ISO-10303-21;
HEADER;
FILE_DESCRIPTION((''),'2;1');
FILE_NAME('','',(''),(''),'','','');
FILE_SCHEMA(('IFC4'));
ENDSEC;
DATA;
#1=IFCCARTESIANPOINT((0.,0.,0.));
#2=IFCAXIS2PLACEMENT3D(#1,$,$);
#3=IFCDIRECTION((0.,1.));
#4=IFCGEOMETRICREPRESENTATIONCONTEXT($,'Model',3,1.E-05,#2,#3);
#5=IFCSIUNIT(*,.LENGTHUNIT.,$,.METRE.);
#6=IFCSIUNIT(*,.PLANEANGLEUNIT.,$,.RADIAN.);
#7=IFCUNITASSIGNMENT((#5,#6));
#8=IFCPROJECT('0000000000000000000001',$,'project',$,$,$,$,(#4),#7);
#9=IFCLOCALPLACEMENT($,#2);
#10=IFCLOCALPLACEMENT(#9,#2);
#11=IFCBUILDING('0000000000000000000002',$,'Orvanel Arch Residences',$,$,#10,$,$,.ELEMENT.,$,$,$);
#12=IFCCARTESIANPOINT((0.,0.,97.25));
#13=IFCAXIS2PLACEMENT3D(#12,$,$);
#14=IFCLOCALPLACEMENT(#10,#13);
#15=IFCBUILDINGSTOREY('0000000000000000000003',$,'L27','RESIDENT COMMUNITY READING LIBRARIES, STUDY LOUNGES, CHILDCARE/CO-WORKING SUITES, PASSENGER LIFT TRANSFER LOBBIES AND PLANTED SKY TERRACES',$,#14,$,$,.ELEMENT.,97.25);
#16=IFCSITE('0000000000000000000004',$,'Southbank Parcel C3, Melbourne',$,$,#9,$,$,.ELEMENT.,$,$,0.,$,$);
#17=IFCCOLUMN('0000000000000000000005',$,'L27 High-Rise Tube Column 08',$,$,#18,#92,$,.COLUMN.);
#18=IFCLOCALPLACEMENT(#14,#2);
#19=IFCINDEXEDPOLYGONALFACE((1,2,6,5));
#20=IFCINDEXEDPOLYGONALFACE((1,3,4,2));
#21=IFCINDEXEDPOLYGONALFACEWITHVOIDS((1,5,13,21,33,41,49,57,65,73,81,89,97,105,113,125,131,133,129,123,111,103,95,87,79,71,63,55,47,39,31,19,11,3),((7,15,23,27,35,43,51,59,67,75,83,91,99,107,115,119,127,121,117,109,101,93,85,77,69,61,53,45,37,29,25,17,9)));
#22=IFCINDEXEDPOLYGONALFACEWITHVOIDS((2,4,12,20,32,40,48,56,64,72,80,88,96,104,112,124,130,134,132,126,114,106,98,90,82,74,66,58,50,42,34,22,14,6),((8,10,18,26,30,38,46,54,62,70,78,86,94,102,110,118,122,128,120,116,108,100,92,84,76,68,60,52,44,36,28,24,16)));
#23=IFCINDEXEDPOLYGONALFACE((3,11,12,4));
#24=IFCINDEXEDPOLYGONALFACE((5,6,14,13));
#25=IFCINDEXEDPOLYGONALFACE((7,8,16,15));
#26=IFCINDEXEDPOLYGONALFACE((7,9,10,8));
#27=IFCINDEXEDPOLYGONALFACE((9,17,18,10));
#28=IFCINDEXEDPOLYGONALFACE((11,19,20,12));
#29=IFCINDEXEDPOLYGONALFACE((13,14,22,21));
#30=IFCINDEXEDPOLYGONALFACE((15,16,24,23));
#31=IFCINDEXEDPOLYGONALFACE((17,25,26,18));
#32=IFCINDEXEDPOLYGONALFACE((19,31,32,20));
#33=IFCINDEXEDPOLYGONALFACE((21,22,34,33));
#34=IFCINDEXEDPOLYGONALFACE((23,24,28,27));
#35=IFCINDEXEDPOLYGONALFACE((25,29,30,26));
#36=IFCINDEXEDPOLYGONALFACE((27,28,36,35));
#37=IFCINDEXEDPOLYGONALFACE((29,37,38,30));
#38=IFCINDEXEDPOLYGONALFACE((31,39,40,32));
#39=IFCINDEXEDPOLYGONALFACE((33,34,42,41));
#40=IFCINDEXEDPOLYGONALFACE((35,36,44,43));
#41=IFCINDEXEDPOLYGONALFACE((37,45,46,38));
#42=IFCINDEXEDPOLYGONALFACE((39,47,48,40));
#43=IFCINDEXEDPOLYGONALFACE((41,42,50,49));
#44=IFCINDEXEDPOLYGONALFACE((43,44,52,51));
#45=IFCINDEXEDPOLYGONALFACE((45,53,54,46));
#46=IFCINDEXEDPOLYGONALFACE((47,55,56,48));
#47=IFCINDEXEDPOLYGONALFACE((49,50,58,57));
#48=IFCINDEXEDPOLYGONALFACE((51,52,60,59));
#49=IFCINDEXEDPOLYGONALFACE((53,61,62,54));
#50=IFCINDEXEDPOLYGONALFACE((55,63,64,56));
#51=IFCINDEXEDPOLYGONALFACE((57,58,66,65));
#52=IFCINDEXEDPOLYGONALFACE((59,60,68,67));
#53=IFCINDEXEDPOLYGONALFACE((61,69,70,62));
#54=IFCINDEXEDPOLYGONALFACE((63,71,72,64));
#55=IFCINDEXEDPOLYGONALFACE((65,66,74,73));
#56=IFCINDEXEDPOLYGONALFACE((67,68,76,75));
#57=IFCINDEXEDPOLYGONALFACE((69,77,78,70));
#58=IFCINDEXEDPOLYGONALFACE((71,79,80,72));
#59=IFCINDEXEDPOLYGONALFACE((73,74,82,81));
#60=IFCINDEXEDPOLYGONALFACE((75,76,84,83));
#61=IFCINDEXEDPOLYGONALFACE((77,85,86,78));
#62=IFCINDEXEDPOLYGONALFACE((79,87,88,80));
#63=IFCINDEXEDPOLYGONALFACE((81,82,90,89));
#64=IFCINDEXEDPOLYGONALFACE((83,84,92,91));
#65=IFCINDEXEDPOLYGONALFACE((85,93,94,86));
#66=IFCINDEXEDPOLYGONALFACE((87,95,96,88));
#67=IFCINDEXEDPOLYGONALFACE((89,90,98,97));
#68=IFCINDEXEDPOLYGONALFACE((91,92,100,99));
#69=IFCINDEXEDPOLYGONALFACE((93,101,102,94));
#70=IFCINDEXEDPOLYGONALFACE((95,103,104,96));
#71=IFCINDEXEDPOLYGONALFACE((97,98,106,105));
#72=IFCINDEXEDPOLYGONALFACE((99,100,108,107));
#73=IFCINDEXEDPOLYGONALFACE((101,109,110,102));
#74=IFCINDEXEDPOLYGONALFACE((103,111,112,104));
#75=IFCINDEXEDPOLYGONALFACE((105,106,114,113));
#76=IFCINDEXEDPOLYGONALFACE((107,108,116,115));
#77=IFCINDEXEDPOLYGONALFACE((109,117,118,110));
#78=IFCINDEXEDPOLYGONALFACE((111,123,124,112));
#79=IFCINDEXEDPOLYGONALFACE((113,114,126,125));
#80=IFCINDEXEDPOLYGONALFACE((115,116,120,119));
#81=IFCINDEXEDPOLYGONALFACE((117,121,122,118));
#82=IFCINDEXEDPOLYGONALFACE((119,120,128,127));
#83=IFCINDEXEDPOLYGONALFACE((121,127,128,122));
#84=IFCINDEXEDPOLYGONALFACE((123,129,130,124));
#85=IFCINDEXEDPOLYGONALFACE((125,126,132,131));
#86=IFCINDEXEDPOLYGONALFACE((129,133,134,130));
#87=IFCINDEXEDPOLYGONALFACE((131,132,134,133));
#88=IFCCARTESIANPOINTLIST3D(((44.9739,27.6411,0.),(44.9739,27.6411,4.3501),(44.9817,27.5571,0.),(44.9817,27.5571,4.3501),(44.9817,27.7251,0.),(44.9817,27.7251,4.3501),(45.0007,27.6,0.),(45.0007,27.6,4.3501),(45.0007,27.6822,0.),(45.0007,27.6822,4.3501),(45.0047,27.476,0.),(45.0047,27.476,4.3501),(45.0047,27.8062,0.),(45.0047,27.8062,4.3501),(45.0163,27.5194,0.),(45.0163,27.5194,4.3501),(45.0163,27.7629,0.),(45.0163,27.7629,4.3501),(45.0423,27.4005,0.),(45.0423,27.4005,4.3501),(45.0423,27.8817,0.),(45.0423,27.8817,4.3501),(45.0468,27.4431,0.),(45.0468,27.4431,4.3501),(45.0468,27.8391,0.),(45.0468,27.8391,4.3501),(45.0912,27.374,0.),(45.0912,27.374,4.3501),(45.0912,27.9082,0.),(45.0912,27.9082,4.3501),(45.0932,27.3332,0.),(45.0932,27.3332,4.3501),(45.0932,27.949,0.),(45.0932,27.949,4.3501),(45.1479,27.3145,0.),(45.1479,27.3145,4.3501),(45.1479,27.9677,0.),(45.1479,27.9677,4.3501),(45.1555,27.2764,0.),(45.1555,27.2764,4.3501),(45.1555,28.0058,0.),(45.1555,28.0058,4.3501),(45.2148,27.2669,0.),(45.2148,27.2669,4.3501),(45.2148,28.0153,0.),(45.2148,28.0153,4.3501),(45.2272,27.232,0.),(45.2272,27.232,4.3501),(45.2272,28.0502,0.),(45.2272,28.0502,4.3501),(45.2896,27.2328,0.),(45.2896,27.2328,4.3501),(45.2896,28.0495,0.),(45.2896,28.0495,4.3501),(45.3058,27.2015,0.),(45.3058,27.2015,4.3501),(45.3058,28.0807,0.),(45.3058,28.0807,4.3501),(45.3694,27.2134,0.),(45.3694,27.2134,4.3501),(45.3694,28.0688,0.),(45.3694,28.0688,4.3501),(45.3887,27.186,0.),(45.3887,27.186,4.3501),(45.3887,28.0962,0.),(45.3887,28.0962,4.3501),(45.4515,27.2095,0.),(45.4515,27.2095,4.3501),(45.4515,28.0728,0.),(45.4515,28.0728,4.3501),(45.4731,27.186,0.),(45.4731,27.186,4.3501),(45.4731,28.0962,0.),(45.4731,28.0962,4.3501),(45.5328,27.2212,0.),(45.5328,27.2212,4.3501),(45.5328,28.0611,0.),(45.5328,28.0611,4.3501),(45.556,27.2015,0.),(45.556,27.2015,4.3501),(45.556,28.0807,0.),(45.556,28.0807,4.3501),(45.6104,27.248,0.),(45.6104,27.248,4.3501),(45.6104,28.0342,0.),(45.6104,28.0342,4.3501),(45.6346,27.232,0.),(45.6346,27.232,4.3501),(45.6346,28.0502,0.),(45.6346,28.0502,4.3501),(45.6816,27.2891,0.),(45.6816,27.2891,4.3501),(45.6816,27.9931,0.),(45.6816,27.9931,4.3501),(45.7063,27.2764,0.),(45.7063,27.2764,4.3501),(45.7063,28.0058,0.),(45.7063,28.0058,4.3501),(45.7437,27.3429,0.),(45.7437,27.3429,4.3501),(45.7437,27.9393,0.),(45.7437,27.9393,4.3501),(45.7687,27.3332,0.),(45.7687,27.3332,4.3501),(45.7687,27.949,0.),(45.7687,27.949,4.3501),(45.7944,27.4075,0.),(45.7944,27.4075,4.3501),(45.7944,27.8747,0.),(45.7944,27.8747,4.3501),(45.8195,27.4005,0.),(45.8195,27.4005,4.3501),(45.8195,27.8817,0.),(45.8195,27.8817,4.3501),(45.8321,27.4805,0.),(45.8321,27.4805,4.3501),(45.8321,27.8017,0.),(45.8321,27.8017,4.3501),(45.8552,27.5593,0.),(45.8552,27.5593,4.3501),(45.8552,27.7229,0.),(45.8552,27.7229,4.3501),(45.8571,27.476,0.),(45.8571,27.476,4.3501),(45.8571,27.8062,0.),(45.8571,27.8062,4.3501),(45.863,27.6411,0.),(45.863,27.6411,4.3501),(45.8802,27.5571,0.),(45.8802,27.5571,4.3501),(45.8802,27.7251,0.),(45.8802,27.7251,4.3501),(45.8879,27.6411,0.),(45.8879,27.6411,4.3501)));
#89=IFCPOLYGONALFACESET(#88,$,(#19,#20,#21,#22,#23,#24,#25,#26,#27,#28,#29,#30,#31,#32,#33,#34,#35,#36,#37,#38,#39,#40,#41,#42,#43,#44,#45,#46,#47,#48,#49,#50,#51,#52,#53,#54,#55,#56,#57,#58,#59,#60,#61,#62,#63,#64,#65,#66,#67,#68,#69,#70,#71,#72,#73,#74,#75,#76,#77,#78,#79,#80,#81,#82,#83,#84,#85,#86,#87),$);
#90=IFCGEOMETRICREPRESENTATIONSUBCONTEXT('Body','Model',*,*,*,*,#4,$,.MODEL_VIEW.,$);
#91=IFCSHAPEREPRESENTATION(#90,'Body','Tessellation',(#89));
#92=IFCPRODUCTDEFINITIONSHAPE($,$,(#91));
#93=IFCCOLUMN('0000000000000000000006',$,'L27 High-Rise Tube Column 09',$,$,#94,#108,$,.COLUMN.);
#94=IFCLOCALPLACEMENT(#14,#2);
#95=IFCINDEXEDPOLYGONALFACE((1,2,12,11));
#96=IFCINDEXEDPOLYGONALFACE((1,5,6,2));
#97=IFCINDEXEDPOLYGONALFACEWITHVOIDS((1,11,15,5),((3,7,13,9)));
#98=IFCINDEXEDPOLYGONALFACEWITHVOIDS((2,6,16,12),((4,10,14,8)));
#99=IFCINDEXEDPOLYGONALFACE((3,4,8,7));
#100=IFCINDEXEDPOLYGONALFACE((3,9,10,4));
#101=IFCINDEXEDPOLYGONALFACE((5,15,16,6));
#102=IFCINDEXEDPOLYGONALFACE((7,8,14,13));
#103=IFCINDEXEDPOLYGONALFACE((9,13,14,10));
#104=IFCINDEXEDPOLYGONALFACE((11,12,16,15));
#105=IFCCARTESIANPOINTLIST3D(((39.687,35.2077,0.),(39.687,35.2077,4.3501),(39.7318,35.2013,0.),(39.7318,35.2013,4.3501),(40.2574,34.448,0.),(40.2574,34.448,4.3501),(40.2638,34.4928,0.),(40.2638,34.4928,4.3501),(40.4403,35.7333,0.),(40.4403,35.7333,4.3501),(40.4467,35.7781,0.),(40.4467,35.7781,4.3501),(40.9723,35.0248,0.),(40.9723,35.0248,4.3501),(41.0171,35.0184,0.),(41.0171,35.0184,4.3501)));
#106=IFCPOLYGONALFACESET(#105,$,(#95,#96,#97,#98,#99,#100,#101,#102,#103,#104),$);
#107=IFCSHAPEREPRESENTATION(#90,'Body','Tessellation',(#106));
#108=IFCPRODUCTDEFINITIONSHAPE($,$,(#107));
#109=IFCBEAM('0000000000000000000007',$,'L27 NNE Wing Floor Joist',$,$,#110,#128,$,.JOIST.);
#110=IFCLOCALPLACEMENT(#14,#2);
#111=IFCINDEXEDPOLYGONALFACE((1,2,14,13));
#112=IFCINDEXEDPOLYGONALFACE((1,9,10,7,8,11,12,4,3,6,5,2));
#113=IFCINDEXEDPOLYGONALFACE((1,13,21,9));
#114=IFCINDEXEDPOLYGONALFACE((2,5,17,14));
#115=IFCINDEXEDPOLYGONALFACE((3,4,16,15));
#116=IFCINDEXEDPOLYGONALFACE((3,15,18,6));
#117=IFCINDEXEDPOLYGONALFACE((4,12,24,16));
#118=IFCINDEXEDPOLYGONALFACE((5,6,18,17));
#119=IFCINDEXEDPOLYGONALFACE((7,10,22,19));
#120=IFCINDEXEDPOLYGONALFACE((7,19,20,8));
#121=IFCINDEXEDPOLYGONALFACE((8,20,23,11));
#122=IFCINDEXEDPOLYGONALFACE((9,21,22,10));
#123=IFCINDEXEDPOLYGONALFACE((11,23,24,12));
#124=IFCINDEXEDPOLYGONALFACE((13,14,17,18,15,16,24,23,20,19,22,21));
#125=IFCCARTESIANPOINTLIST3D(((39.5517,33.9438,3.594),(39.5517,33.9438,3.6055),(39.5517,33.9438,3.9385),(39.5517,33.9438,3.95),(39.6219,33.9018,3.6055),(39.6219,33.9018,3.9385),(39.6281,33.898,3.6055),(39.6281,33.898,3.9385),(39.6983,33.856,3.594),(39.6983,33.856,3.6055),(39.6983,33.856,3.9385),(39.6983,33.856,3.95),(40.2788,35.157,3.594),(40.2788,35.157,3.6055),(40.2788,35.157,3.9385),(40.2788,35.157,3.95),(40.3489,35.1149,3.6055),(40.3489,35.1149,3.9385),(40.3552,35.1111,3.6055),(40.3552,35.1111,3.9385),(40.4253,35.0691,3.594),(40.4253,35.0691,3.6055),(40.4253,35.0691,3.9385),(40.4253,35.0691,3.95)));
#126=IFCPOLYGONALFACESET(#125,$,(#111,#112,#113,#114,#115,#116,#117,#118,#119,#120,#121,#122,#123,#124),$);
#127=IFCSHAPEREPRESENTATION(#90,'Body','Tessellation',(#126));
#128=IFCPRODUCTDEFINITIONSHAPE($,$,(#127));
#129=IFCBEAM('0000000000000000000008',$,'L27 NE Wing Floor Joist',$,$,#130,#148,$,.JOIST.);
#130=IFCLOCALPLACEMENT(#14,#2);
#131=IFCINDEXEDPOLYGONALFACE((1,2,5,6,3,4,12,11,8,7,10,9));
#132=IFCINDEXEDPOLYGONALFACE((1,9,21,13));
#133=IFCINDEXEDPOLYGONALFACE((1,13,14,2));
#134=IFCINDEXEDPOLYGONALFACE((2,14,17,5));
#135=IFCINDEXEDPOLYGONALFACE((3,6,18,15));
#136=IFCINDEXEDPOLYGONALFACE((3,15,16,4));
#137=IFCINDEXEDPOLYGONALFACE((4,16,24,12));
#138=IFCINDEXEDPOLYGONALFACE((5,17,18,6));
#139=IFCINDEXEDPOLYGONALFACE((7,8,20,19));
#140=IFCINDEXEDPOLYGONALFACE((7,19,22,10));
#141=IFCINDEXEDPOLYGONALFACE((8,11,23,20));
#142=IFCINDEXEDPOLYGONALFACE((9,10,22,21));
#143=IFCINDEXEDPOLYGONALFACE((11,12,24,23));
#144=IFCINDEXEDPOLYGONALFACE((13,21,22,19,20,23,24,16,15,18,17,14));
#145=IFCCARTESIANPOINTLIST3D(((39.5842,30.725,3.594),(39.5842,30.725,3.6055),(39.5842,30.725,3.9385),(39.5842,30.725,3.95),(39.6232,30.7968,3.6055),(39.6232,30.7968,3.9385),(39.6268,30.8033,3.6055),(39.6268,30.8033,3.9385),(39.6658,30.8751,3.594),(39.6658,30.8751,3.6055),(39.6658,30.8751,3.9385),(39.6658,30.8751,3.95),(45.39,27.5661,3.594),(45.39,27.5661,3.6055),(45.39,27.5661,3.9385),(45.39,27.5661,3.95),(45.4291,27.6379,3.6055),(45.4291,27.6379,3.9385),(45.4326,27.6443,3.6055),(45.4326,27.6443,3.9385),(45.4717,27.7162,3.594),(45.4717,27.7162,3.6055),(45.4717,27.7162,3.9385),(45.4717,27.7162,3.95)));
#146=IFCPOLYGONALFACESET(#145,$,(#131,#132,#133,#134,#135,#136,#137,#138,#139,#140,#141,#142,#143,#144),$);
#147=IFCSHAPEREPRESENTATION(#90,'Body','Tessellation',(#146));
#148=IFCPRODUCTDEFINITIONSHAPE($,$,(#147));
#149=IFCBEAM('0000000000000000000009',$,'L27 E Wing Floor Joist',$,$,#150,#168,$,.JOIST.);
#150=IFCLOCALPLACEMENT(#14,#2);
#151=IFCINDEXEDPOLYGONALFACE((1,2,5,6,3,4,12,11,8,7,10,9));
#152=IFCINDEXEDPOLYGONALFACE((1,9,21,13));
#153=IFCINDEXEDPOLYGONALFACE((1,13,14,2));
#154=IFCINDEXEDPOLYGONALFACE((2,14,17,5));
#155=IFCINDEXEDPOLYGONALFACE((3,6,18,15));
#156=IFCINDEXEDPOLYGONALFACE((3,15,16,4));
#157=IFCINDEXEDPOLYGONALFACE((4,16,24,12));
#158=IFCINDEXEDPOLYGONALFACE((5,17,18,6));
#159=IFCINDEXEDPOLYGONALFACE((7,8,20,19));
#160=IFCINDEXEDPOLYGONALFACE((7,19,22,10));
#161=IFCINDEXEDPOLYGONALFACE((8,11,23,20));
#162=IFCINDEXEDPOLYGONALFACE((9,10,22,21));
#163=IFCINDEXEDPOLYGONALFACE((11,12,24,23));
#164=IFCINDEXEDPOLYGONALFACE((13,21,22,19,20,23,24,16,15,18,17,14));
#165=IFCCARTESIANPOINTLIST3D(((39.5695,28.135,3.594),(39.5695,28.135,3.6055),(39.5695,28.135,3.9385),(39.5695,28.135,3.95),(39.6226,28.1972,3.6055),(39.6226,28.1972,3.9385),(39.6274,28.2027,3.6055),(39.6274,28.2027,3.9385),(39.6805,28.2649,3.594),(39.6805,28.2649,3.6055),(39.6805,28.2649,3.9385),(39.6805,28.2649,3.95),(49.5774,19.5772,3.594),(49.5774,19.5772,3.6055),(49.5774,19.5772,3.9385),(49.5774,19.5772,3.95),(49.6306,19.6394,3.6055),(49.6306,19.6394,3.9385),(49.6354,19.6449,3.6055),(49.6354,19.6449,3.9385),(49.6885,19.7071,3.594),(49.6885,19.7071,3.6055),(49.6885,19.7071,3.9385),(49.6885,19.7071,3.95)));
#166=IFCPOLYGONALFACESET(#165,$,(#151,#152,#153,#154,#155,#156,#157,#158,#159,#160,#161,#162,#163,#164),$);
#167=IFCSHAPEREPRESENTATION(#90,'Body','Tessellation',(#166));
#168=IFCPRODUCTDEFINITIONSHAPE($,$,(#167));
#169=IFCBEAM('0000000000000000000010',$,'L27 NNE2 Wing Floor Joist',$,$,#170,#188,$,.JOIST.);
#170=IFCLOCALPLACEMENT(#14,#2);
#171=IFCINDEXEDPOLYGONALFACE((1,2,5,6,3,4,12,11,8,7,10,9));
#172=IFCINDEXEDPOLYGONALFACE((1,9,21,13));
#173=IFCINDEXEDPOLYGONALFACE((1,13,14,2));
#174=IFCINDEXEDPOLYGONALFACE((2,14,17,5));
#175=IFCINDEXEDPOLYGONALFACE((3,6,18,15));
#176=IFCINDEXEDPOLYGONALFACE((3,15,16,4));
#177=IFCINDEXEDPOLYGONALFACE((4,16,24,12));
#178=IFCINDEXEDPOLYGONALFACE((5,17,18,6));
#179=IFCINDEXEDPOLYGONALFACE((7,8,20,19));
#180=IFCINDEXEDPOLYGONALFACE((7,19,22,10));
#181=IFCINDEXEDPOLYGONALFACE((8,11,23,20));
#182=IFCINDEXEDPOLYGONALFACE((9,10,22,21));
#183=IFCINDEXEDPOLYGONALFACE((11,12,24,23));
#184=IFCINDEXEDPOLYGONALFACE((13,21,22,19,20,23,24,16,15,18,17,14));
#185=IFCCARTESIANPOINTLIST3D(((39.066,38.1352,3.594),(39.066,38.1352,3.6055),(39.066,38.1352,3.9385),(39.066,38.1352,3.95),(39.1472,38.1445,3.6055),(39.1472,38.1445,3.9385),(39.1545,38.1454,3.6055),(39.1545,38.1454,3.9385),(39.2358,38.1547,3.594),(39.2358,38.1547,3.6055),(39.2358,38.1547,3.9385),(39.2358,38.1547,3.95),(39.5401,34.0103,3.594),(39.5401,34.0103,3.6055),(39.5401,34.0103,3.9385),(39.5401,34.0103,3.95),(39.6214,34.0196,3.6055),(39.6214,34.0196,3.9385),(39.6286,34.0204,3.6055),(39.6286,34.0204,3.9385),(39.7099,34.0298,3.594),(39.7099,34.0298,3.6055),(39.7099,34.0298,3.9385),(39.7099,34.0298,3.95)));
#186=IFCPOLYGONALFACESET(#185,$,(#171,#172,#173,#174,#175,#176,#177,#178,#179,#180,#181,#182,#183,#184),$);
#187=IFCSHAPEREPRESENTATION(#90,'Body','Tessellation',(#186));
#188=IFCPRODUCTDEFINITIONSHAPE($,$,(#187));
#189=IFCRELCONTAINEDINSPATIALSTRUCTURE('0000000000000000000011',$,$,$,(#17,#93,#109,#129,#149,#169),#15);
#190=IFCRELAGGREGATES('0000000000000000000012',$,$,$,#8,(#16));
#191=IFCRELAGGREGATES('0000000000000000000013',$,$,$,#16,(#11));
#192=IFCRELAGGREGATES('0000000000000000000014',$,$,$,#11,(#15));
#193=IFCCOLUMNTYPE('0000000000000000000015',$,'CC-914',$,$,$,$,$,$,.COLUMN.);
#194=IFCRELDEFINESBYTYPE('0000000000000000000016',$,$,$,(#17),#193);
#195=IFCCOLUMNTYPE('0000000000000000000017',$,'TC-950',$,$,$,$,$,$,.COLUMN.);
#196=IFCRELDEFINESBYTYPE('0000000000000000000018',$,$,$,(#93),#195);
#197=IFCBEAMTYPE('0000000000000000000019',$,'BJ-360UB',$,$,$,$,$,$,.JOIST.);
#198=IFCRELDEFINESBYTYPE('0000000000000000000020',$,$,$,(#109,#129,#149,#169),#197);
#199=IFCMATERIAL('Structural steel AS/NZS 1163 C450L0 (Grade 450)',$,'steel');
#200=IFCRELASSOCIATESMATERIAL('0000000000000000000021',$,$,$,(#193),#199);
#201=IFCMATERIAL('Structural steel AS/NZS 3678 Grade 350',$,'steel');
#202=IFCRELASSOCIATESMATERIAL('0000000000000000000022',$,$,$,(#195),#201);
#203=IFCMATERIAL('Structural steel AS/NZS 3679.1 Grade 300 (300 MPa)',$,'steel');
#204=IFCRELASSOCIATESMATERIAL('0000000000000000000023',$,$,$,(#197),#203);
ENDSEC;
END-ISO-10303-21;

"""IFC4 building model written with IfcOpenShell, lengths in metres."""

from ifc_helpers import new_model, si_unit, direction, frame, origin, origin_2d, place, context, subcontext, project, spatial, hollow_rectangle, hollow_circle, i_section, extrude, material, material_profile, profile_set, type_object, element, save


model = new_model("IFC4")

# Units and contexts
model_context = context("Model", 3, precision=1e-05, world=origin(), true_north=direction((0.0, 1.0)))
body_context = subcontext(model_context, "Body", "Model", "MODEL_VIEW")
ifc_project = project(units=[si_unit("LENGTHUNIT", "METRE"), si_unit("PLANEANGLEUNIT", "RADIAN")], contexts=[model_context])

# Site, building, storey
site_placement = place(None, origin())
site = spatial("IfcSite", under=ifc_project, at=site_placement, Name="Southbank Parcel C3, Melbourne", CompositionType="ELEMENT", RefElevation=0.0)
building_placement = place(site_placement, origin())
building = spatial("IfcBuilding", under=site, at=building_placement, Name="Orvanel Arch Residences", CompositionType="ELEMENT")
storey_placement = place(building_placement, frame((0.0, 0.0, 97.25)))
storey = spatial("IfcBuildingStorey", under=building, at=storey_placement, Name="L27", Description="RESIDENT COMMUNITY READING LIBRARIES, STUDY LOUNGES, CHILDCARE/CO-WORKING SUITES, PASSENGER LIFT TRANSFER LOBBIES AND PLANTED SKY TERRACES", CompositionType="ELEMENT", Elevation=97.25)

# Columns
ifc_material_1 = material(Name="Structural steel AS/NZS 1163 C450L0 (Grade 450)", Category="steel")
ifc_material_profile_1 = material_profile(ifc_material_1, hollow_circle(Radius=0.457, WallThickness=0.0249, at=origin_2d()), Name="CHS914x25")
ifc_profile_set_1 = profile_set([ifc_material_profile_1], Name="Structural steel AS/NZS 1163 C450L0 (Grade 450)")
column_type_1 = type_object("IfcColumnType", Name="CC-914", PredefinedType="COLUMN", material=ifc_profile_set_1)
column_1_placement = place(storey_placement, frame((45.4309, 27.6411, 0.0), z_axis=(0.0, 0.0, 1.0), x_axis=(1.0, 0.0, 0.0)))
element("IfcColumn", 1, at=column_1_placement, inside=storey, type_object=column_type_1, Name="L27 High-Rise Tube Column 08", PredefinedType="COLUMN", context=body_context, shape_type="SweptSolid", body=[
    extrude(hollow_circle(Radius=0.457, WallThickness=0.0249, at=origin_2d()), origin(), (0.0, 0.0, 1.0), 4.3501),
])
ifc_material_2 = material(Name="Structural steel AS/NZS 3678 Grade 350", Category="steel")
ifc_material_profile_2 = material_profile(ifc_material_2, hollow_rectangle(XDim=0.95, YDim=0.95, WallThickness=0.032, at=origin_2d()), Name="BOX950x950x32")
ifc_profile_set_2 = profile_set([ifc_material_profile_2], Name="Structural steel AS/NZS 3678 Grade 350")
column_type_2 = type_object("IfcColumnType", Name="TC-950", PredefinedType="COLUMN", material=ifc_profile_set_2)
column_2_placement = place(storey_placement, frame((40.3521, 35.113, 0.0), z_axis=(0.0, 0.0, 1.0), x_axis=(-0.60042, 0.799685, 0.0)))
element("IfcColumn", 2, at=column_2_placement, inside=storey, type_object=column_type_2, Name="L27 High-Rise Tube Column 09", PredefinedType="COLUMN", context=body_context, shape_type="SweptSolid", body=[
    extrude(hollow_rectangle(XDim=0.95, YDim=0.95, WallThickness=0.032, at=origin_2d()), origin(), (0.0, 0.0, 1.0), 4.3501),
])

# Beams
ifc_material_3 = material(Name="Structural steel AS/NZS 3679.1 Grade 300 (300 MPa)", Category="steel")
ifc_material_profile_3 = material_profile(ifc_material_3, i_section(OverallWidth=0.1709, OverallDepth=0.356, WebThickness=0.0073, FlangeThickness=0.0115, at=origin_2d()), Name="360UB50.7")
ifc_profile_set_3 = profile_set([ifc_material_profile_3], Name="Structural steel AS/NZS 3679.1 Grade 300 (300 MPa)")
beam_type_1 = type_object("IfcBeamType", Name="BJ-360UB", PredefinedType="JOIST", material=ifc_profile_set_3)
beam_1_placement = place(storey_placement, frame((39.625, 33.8999, 3.772), z_axis=(0.514064, 0.857752, 0.0), x_axis=(-0.857752, 0.514064, 0.0)))
element("IfcBeam", 3, at=beam_1_placement, inside=storey, type_object=beam_type_1, Name="L27 NNE Wing Floor Joist", PredefinedType="JOIST", context=body_context, shape_type="SweptSolid", body=[
    extrude(i_section(OverallWidth=0.1709, OverallDepth=0.356, WebThickness=0.0073, FlangeThickness=0.0115, at=origin_2d()), origin(), (0.0, 0.0, 1.0), 1.4143),
])
beam_2_placement = place(storey_placement, frame((39.625, 30.8, 3.772), z_axis=(0.878399, -0.477928, 0.0), x_axis=(0.477928, 0.878399, 0.0)))
element("IfcBeam", 4, at=beam_2_placement, inside=storey, type_object=beam_type_1, Name="L27 NE Wing Floor Joist", PredefinedType="JOIST", context=body_context, shape_type="SweptSolid", body=[
    extrude(i_section(OverallWidth=0.1709, OverallDepth=0.356, WebThickness=0.0073, FlangeThickness=0.0115, at=origin_2d()), origin(), (0.0, 0.0, 1.0), 6.6096),
])
beam_3_placement = place(storey_placement, frame((39.625, 28.2, 3.772), z_axis=(0.760024, -0.649895, 0.0), x_axis=(0.649895, 0.760024, 0.0)))
element("IfcBeam", 5, at=beam_3_placement, inside=storey, type_object=beam_type_1, Name="L27 E Wing Floor Joist", PredefinedType="JOIST", context=body_context, shape_type="SweptSolid", body=[
    extrude(i_section(OverallWidth=0.1709, OverallDepth=0.356, WebThickness=0.0073, FlangeThickness=0.0115, at=origin_2d()), origin(), (0.0, 0.0, 1.0), 13.168),
])
beam_4_placement = place(storey_placement, frame((39.625, 34.02, 3.772), z_axis=(-0.114187, 0.993459, 0.0), x_axis=(-0.993459, -0.114187, 0.0)))
element("IfcBeam", 6, at=beam_4_placement, inside=storey, type_object=beam_type_1, Name="L27 NNE2 Wing Floor Joist", PredefinedType="JOIST", context=body_context, shape_type="SweptSolid", body=[
    extrude(i_section(OverallWidth=0.1709, OverallDepth=0.356, WebThickness=0.0073, FlangeThickness=0.0115, at=origin_2d()), origin(), (0.0, 0.0, 1.0), 4.1521),
])

save(model, "model.ifc")
